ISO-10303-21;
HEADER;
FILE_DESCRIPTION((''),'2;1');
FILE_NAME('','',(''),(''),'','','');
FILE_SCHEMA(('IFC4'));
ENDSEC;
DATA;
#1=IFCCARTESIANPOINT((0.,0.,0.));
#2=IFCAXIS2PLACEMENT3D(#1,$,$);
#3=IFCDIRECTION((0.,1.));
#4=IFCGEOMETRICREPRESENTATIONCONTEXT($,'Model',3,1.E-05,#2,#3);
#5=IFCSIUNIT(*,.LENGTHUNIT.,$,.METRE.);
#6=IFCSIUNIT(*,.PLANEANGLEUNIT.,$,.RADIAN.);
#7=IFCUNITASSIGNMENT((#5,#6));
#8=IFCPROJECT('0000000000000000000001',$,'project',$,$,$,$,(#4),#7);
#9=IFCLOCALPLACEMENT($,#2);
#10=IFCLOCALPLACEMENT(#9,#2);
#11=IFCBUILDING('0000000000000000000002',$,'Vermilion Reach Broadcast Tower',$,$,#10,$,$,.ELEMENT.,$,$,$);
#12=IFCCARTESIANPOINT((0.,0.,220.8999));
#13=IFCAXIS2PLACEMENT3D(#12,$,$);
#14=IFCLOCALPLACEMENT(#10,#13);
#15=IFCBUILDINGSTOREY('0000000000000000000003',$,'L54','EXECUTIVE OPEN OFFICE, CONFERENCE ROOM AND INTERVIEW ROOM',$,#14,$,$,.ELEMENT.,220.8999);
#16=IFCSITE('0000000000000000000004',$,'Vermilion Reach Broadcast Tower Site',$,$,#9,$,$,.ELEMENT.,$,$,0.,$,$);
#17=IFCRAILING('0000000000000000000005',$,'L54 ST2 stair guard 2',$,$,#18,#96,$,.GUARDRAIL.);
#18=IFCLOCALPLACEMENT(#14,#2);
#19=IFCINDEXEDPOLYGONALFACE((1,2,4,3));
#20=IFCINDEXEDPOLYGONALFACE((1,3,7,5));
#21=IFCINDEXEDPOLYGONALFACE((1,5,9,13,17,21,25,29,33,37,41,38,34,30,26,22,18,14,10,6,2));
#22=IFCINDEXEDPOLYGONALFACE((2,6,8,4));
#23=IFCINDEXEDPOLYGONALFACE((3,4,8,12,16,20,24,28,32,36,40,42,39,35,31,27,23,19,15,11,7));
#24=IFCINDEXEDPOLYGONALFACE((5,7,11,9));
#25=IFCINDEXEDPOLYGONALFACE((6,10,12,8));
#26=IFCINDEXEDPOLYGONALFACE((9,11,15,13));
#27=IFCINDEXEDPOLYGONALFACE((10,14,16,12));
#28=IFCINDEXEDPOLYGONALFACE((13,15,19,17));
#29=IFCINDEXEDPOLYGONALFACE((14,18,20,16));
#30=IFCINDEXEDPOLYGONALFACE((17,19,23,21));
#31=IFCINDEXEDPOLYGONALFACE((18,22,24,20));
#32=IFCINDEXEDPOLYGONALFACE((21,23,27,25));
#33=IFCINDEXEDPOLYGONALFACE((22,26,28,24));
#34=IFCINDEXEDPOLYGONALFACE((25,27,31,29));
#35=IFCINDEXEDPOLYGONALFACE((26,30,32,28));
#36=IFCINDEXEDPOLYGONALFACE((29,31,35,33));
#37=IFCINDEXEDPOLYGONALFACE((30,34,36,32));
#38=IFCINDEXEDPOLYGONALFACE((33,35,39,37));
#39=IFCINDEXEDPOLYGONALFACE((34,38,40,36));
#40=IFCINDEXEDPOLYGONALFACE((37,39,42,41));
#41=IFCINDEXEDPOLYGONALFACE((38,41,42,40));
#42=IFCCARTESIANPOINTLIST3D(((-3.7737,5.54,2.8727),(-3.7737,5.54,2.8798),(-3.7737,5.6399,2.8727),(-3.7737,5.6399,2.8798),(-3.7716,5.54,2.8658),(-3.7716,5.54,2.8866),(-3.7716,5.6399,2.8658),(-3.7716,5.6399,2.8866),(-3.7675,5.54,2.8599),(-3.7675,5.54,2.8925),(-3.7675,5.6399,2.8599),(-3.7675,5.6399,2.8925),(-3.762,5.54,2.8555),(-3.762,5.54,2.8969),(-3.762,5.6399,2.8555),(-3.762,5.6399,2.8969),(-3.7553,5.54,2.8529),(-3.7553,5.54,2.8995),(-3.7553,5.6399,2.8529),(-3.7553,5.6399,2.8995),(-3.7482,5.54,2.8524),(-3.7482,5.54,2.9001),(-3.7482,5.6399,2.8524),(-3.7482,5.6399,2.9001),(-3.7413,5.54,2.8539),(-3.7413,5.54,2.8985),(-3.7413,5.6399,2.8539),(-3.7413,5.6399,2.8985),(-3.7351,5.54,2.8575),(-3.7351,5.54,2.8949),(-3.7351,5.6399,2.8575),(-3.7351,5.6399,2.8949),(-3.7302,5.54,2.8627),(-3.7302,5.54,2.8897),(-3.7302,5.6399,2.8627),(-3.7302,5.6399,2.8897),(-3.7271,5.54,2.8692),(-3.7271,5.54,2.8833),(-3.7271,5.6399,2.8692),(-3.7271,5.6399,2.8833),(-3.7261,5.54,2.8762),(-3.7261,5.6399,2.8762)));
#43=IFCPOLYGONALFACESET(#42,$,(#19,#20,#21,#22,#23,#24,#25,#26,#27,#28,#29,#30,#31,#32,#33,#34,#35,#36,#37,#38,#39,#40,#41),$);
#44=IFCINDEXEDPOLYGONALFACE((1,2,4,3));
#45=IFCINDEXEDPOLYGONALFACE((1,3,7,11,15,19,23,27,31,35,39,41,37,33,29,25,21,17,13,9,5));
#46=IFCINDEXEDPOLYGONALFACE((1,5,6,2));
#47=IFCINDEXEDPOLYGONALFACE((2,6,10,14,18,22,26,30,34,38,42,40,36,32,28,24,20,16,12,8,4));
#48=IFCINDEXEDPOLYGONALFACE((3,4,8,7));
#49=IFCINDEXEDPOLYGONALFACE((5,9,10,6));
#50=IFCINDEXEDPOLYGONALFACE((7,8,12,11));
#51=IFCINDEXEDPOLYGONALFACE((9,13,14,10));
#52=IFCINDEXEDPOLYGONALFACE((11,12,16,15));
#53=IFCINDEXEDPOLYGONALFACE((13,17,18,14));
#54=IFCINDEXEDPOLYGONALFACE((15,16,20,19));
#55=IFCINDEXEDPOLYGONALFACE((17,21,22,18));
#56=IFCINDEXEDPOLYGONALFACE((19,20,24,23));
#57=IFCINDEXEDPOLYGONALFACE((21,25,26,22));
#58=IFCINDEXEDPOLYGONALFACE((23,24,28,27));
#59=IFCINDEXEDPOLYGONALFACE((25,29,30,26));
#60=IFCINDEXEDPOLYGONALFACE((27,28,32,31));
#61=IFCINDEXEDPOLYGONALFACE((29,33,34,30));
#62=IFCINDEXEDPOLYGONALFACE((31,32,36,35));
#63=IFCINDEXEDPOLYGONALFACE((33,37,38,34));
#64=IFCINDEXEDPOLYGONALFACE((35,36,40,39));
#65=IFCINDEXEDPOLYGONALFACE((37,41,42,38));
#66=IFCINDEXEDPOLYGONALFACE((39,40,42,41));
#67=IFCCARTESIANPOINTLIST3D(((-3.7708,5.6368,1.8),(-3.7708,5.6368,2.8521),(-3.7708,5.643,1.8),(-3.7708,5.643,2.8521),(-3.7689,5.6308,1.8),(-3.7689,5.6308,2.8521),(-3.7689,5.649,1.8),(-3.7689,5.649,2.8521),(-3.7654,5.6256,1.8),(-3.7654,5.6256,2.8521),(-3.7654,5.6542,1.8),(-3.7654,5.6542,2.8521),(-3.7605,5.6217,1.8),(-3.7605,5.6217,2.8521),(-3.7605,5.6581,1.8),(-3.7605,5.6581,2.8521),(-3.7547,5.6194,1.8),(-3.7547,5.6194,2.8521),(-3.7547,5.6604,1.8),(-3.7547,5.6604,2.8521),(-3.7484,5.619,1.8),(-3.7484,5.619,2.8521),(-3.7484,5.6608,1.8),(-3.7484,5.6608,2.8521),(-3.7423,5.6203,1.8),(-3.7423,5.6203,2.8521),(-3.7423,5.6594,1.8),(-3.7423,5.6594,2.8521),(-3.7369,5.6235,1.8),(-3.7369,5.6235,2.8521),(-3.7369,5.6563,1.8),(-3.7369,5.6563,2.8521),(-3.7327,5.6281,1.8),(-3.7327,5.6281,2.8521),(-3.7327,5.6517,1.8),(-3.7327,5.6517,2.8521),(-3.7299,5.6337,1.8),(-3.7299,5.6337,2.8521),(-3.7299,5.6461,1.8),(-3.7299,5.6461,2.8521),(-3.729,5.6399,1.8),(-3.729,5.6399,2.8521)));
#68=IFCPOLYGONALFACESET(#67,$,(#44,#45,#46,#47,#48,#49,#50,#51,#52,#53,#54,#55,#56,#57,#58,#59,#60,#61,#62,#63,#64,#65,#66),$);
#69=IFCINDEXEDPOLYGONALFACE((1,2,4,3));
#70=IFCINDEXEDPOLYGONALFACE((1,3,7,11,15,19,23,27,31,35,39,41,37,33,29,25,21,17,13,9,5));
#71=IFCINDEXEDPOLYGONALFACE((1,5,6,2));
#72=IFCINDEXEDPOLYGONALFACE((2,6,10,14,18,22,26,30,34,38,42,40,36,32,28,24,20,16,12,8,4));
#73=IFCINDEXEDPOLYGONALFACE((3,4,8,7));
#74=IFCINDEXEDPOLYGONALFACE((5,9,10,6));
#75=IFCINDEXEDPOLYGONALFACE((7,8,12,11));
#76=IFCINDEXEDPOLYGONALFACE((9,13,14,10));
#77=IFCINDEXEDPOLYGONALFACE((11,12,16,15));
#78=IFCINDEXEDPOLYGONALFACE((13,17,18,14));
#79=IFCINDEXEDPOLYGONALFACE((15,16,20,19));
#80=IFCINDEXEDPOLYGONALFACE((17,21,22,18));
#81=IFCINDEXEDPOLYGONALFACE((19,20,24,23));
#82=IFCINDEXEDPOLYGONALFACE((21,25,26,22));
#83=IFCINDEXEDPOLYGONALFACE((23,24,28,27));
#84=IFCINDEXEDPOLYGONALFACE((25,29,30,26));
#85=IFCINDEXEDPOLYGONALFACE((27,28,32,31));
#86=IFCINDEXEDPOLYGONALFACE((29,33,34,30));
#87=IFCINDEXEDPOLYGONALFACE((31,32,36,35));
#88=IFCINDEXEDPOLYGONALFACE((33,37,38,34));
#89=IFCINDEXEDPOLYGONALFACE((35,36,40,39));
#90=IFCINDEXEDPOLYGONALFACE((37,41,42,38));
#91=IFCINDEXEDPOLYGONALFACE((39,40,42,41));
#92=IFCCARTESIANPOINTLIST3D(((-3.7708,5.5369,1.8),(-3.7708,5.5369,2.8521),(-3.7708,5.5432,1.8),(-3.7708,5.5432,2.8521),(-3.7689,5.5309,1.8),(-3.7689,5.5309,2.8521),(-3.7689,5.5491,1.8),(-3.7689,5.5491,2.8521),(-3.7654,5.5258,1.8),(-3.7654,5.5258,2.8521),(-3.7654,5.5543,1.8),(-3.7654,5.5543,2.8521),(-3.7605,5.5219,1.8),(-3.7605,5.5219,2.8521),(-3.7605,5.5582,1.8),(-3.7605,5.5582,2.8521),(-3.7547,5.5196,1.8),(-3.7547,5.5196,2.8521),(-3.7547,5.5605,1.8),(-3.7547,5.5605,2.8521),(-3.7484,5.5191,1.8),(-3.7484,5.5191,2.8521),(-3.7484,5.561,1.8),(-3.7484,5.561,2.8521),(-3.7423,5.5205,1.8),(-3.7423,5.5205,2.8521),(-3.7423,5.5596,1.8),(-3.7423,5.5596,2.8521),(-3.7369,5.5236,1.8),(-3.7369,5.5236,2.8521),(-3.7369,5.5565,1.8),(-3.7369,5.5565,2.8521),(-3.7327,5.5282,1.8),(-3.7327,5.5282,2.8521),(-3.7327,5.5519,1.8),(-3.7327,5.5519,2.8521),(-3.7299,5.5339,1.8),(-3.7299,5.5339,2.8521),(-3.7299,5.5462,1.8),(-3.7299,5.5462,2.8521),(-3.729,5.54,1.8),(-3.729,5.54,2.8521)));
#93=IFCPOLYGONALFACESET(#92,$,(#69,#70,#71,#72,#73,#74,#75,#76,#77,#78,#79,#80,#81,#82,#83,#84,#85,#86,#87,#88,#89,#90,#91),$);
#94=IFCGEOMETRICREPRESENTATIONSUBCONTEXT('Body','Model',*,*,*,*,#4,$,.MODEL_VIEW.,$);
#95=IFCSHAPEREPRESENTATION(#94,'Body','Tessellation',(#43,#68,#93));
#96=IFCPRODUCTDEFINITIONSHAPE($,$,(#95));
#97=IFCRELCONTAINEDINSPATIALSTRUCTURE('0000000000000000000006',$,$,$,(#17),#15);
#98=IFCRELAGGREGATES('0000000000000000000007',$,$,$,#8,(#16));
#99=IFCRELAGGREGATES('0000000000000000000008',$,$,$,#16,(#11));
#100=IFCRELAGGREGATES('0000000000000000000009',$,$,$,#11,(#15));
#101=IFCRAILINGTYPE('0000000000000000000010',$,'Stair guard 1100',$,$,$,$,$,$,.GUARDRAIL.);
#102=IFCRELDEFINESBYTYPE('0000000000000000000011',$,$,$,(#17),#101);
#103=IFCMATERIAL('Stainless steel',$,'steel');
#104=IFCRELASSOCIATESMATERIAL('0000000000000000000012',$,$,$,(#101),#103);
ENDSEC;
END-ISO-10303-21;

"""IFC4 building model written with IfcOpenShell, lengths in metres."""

from ifc_helpers import new_model, si_unit, direction, frame, origin, origin_2d, place, context, subcontext, project, spatial, circle, extrude, material, type_object, element, save


model = new_model("IFC4")

# Units and contexts
model_context = context("Model", 3, precision=1e-05, world=origin(), true_north=direction((0.0, 1.0)))
body_context = subcontext(model_context, "Body", "Model", "MODEL_VIEW")
ifc_project = project(units=[si_unit("LENGTHUNIT", "METRE"), si_unit("PLANEANGLEUNIT", "RADIAN")], contexts=[model_context])

# Site, building, storey
site_placement = place(None, origin())
site = spatial("IfcSite", under=ifc_project, at=site_placement, Name="Vermilion Reach Broadcast Tower Site", CompositionType="ELEMENT", RefElevation=0.0)
building_placement = place(site_placement, origin())
building = spatial("IfcBuilding", under=site, at=building_placement, Name="Vermilion Reach Broadcast Tower", CompositionType="ELEMENT")
storey_placement = place(building_placement, frame((0.0, 0.0, 220.8999)))
storey = spatial("IfcBuildingStorey", under=building, at=storey_placement, Name="L54", Description="EXECUTIVE OPEN OFFICE, CONFERENCE ROOM AND INTERVIEW ROOM", CompositionType="ELEMENT", Elevation=220.8999)

# Railing
ifc_material_1 = material(Name="Stainless steel", Category="steel")
railing_type_1 = type_object("IfcRailingType", Name="Stair guard 1100", PredefinedType="GUARDRAIL", material=ifc_material_1)
railing_1_placement = place(storey_placement, frame((-3.75, 5.6399, 1.8)))
element("IfcRailing", 1, at=railing_1_placement, inside=storey, type_object=railing_type_1, Name="L54 ST2 stair guard 2", PredefinedType="GUARDRAIL", context=body_context, shape_type="SweptSolid", body=[
    extrude(circle(Radius=0.0239, at=origin_2d()), frame((0.0, 0.0, 1.0762), z_axis=(0.0, -1.0, 0.0), x_axis=(1.0, 0.0, 0.0)), (0.0, 0.0, 1.0), 0.0999),
    extrude(circle(Radius=0.021, at=origin_2d()), origin(), (0.0, 0.0, 1.0), 1.052),
    extrude(circle(Radius=0.021, at=origin_2d()), frame((0.0, -0.0999, 0.0)), (0.0, 0.0, 1.0), 1.052),
])

save(model, "model.ifc")
